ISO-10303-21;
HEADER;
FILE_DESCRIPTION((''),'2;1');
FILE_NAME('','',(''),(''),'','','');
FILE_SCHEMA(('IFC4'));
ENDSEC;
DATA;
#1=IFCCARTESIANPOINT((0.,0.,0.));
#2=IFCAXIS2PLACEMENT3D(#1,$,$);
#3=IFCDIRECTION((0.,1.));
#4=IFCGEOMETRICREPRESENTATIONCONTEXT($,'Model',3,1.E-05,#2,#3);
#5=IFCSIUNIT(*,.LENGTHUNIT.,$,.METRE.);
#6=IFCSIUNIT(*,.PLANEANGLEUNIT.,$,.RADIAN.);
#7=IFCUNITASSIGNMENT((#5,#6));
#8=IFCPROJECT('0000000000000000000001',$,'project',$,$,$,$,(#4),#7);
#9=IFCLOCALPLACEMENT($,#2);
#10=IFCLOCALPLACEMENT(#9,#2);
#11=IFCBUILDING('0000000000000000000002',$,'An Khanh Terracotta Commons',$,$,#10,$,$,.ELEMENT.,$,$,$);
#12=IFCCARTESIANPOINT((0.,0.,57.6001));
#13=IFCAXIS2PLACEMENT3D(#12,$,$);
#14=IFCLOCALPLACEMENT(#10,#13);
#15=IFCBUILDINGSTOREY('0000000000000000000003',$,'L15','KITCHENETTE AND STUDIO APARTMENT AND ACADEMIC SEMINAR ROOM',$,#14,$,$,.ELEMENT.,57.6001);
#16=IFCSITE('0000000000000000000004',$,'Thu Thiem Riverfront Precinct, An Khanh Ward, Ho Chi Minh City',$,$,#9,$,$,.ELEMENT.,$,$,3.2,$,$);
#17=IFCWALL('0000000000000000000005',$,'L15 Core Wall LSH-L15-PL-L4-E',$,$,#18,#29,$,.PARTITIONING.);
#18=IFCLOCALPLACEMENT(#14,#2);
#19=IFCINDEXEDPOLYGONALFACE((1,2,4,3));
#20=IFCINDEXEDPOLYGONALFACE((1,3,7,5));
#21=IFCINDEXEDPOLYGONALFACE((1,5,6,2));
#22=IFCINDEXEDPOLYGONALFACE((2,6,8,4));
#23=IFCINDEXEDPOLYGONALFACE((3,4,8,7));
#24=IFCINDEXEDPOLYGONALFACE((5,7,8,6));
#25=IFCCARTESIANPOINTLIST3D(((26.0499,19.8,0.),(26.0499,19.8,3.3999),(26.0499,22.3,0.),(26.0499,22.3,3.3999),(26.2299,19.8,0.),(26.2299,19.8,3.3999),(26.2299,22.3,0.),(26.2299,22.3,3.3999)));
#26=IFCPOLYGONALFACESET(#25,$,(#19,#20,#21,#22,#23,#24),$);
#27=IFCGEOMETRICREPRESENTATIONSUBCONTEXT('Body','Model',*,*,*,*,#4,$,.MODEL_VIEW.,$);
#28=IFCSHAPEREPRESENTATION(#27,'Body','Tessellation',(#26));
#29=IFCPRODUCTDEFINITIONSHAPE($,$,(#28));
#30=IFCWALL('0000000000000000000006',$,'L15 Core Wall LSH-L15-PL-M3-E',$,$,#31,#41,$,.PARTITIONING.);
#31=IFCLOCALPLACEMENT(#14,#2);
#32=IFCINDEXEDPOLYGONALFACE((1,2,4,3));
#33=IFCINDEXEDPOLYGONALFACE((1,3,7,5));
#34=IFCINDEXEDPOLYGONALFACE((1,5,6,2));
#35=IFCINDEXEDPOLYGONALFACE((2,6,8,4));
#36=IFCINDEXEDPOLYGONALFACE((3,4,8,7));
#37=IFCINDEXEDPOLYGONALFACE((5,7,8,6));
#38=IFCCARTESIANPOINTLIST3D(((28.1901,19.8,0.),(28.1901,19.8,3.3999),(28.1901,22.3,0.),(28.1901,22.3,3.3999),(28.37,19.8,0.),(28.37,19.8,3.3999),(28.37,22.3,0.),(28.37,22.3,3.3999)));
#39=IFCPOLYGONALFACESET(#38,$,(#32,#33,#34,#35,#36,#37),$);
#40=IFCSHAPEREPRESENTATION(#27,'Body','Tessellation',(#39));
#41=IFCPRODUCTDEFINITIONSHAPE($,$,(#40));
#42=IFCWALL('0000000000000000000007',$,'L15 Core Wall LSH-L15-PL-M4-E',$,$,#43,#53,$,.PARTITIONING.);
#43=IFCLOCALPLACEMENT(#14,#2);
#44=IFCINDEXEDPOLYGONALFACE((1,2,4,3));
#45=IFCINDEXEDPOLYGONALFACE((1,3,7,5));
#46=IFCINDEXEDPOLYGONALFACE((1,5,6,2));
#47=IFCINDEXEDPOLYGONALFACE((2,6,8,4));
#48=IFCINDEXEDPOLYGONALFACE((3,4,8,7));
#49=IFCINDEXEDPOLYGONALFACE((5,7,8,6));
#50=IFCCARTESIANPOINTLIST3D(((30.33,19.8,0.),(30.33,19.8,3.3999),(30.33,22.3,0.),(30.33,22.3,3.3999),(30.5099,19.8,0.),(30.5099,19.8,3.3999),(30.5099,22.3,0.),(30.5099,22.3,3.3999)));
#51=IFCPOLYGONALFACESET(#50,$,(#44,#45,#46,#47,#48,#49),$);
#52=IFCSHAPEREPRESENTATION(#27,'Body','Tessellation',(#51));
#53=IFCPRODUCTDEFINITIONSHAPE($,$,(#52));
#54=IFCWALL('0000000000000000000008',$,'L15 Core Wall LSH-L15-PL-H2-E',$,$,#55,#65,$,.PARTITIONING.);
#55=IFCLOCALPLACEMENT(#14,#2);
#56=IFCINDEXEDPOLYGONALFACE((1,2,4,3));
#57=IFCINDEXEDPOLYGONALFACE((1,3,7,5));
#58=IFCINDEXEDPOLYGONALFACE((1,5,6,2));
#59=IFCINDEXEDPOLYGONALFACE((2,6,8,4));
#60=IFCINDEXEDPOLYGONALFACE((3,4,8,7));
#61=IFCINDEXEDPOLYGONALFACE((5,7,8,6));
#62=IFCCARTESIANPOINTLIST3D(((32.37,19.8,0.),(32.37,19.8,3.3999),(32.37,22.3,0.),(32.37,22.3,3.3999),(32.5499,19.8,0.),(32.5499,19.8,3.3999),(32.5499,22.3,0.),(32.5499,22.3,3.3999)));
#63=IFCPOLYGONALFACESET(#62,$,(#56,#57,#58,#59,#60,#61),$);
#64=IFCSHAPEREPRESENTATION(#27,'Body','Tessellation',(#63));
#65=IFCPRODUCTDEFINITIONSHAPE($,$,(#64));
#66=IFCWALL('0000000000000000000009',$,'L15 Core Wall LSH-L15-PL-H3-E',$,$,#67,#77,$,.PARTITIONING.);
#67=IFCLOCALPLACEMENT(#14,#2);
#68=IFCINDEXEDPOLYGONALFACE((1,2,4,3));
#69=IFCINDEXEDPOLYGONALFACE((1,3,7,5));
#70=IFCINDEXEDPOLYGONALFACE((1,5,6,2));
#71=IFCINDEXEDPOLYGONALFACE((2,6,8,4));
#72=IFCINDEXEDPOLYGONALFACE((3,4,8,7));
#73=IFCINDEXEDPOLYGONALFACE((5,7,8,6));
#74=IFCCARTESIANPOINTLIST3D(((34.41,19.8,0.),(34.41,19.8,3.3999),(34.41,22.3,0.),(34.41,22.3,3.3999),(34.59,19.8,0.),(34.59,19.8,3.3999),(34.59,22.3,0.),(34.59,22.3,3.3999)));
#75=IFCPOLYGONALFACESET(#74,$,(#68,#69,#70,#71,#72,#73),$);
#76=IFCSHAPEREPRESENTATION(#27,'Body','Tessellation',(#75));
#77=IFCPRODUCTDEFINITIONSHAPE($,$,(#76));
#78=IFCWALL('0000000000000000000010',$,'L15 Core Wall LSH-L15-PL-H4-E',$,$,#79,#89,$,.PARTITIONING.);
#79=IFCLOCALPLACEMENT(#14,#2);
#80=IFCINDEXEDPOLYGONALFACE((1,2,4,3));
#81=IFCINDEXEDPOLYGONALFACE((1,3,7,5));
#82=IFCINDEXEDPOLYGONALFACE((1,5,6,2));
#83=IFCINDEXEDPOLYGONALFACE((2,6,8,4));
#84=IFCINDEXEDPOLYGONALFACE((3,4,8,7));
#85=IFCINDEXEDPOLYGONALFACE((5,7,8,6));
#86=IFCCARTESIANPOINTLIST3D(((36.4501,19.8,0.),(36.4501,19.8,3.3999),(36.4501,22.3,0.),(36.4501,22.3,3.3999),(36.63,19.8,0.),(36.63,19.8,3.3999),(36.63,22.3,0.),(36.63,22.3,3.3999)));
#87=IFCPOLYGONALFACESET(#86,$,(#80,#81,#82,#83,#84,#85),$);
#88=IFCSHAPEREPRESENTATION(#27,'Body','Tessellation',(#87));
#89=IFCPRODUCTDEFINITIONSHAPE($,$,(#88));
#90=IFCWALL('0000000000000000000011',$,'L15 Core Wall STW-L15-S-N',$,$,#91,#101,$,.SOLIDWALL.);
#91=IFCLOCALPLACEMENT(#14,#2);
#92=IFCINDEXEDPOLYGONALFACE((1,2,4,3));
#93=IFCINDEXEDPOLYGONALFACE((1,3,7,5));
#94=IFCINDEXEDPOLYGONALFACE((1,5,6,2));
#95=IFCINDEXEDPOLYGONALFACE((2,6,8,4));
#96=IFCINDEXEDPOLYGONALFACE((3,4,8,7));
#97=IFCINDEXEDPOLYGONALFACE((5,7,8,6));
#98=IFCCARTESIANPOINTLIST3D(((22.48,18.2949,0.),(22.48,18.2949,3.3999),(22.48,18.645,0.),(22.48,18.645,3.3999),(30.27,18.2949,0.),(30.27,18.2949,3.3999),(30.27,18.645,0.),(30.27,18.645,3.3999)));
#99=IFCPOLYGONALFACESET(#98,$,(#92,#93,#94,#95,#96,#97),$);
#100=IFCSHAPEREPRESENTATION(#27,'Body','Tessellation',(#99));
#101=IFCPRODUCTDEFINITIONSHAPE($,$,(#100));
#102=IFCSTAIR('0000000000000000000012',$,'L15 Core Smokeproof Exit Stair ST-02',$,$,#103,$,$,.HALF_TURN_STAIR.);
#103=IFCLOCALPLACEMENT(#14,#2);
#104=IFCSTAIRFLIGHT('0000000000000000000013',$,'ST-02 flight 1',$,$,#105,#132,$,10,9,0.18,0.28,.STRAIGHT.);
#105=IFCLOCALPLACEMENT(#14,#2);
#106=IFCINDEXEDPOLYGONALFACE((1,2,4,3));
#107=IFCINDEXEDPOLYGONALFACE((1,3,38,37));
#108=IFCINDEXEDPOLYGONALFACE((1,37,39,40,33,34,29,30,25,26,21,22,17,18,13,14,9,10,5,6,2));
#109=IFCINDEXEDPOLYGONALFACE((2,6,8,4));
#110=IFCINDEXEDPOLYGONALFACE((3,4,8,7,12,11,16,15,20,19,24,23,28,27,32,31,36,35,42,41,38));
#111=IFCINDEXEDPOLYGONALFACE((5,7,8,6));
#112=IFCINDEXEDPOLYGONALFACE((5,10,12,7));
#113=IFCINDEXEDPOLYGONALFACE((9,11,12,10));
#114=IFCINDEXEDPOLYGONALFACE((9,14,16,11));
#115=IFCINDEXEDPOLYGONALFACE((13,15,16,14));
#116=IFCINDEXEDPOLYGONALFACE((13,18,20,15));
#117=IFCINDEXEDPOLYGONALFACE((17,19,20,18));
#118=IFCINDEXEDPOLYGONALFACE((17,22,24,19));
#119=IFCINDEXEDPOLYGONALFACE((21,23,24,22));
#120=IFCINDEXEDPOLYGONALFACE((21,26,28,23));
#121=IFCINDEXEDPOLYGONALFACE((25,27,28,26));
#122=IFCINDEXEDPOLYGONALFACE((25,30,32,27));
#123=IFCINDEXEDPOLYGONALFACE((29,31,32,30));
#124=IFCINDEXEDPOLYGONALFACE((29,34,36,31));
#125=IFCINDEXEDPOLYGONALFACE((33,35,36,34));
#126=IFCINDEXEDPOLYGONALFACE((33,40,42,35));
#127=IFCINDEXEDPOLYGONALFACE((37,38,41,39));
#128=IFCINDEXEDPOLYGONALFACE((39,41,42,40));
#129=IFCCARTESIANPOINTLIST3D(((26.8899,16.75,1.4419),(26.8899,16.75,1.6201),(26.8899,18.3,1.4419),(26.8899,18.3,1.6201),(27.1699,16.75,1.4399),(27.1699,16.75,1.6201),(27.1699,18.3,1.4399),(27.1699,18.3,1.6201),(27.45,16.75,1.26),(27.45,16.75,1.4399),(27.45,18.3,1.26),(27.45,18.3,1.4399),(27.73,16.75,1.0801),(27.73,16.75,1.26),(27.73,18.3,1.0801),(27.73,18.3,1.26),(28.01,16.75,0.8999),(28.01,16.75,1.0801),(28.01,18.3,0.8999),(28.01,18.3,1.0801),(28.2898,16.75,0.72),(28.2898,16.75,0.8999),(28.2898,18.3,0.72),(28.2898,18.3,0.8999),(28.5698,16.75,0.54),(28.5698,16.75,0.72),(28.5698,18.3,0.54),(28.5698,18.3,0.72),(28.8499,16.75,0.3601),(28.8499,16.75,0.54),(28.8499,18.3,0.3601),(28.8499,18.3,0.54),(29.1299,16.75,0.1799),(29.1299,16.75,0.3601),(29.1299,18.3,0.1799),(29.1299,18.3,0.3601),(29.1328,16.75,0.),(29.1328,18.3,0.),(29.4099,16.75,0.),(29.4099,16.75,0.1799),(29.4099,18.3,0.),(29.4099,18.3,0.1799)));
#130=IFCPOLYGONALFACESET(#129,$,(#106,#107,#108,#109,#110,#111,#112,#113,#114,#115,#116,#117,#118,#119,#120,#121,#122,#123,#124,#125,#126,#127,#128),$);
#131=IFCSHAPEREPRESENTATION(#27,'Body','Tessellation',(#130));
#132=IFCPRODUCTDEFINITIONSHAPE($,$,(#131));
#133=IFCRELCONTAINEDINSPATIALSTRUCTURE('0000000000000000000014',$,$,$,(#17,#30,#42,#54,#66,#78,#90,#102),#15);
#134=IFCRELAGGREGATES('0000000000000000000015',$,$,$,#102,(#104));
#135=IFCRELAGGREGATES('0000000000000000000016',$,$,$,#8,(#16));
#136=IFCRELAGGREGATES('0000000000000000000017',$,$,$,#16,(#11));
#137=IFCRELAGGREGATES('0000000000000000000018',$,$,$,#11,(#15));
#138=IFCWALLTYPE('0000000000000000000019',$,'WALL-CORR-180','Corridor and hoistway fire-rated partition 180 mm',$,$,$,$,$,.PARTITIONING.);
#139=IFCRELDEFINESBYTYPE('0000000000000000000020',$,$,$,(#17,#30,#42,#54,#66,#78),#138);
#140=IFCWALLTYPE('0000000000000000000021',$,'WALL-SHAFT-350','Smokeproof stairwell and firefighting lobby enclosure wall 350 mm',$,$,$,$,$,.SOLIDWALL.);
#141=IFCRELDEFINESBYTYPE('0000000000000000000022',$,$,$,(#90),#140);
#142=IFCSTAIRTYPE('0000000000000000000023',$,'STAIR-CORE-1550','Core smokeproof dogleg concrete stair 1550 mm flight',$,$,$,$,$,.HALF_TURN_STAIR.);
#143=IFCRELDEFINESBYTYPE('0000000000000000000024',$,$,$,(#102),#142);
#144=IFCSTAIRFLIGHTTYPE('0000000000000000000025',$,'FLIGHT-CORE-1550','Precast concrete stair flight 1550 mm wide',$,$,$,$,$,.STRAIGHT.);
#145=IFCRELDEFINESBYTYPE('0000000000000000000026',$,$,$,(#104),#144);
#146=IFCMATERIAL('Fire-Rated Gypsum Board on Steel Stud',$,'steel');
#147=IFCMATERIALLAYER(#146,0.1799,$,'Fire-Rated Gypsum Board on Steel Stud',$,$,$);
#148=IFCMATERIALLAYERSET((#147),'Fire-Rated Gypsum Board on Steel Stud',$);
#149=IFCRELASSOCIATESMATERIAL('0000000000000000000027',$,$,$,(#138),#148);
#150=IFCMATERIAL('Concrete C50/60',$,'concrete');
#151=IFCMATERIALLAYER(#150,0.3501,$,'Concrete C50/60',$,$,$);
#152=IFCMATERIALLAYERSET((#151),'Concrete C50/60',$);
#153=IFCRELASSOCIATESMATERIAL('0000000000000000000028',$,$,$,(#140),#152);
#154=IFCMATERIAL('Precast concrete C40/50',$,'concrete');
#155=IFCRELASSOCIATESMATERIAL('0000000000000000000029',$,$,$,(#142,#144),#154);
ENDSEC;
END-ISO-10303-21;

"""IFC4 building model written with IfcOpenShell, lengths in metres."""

from ifc_helpers import new_model, si_unit, direction, frame, frame_2d, origin, place, context, subcontext, project, spatial, polyline, rectangle, outline, extrude, material, layer, layer_set, type_object, element, aggregate, save


model = new_model("IFC4")

# Units and contexts
model_context = context("Model", 3, precision=1e-05, world=origin(), true_north=direction((0.0, 1.0)))
body_context = subcontext(model_context, "Body", "Model", "MODEL_VIEW")
ifc_project = project(units=[si_unit("LENGTHUNIT", "METRE"), si_unit("PLANEANGLEUNIT", "RADIAN")], contexts=[model_context])

# Site, building, storey
site_placement = place(None, origin())
site = spatial("IfcSite", under=ifc_project, at=site_placement, Name="Thu Thiem Riverfront Precinct, An Khanh Ward, Ho Chi Minh City", CompositionType="ELEMENT", RefElevation=3.2)
building_placement = place(site_placement, origin())
building = spatial("IfcBuilding", under=site, at=building_placement, Name="An Khanh Terracotta Commons", CompositionType="ELEMENT")
storey_placement = place(building_placement, frame((0.0, 0.0, 57.6001)))
storey = spatial("IfcBuildingStorey", under=building, at=storey_placement, Name="L15", Description="KITCHENETTE AND STUDIO APARTMENT AND ACADEMIC SEMINAR ROOM", CompositionType="ELEMENT", Elevation=57.6001)

# Shared definitions
ifc_material_1 = material(Name="Fire-Rated Gypsum Board on Steel Stud", Category="steel")
ifc_layer_1 = layer(ifc_material_1, 0.1799, Name="Fire-Rated Gypsum Board on Steel Stud")
ifc_layer_set_1 = layer_set([ifc_layer_1], Name="Fire-Rated Gypsum Board on Steel Stud")
wall_type_1 = type_object("IfcWallType", Name="WALL-CORR-180", Description="Corridor and hoistway fire-rated partition 180 mm", PredefinedType="PARTITIONING", material=ifc_layer_set_1)

# Walls
for number, where, z_axis, x_axis, name in (
    (1, (26.1399, 19.8, 0.0), (0.0, 0.0, 1.0), (0.0, 1.0, 0.0), "L15 Core Wall LSH-L15-PL-L4-E"),
    (2, (28.28, 19.8, 0.0), (0.0, 0.0, 1.0), (0.0, 1.0, 0.0), "L15 Core Wall LSH-L15-PL-M3-E"),
    (3, (30.4199, 19.8, 0.0), (0.0, 0.0, 1.0), (0.0, 1.0, 0.0), "L15 Core Wall LSH-L15-PL-M4-E"),
    (4, (32.46, 19.8, 0.0), (0.0, 0.0, 1.0), (0.0, 1.0, 0.0), "L15 Core Wall LSH-L15-PL-H2-E"),
    (5, (34.5, 19.8, 0.0), (0.0, 0.0, 1.0), (0.0, 1.0, 0.0), "L15 Core Wall LSH-L15-PL-H3-E"),
    (6, (36.54, 19.8, 0.0), (0.0, 0.0, 1.0), (0.0, 1.0, 0.0), "L15 Core Wall LSH-L15-PL-H4-E"),
):
    element("IfcWall", number, at=place(storey_placement, frame(where, z_axis=z_axis, x_axis=x_axis)), inside=storey, type_object=wall_type_1, Name=name, PredefinedType="PARTITIONING", context=body_context, shape_type="SweptSolid", body=[
        extrude(rectangle(XDim=2.5, YDim=0.1799, at=frame_2d((1.25, 0.0))), origin(), (0.0, 0.0, 1.0), 3.3999),
    ])
ifc_material_2 = material(Name="Concrete C50/60", Category="concrete")
ifc_layer_2 = layer(ifc_material_2, 0.3501, Name="Concrete C50/60")
ifc_layer_set_2 = layer_set([ifc_layer_2], Name="Concrete C50/60")
wall_type_2 = type_object("IfcWallType", Name="WALL-SHAFT-350", Description="Smokeproof stairwell and firefighting lobby enclosure wall 350 mm", PredefinedType="SOLIDWALL", material=ifc_layer_set_2)
wall_1_placement = place(storey_placement, frame((22.48, 18.47, 0.0), z_axis=(0.0, 0.0, 1.0), x_axis=(1.0, 0.0, 0.0)))
element("IfcWall", 7, at=wall_1_placement, inside=storey, type_object=wall_type_2, Name="L15 Core Wall STW-L15-S-N", PredefinedType="SOLIDWALL", context=body_context, shape_type="SweptSolid", body=[
    extrude(rectangle(XDim=7.79, YDim=0.3501, at=frame_2d((3.895, 0.0))), origin(), (0.0, 0.0, 1.0), 3.3999),
])

# Stair, stair flight
ifc_material_3 = material(Name="Precast concrete C40/50", Category="concrete")
stair_type = type_object("IfcStairType", Name="STAIR-CORE-1550", Description="Core smokeproof dogleg concrete stair 1550 mm flight", PredefinedType="HALF_TURN_STAIR", material=ifc_material_3)
stair_placement = place(storey_placement, origin())
stair = element("IfcStair", 8, at=stair_placement, inside=storey, type_object=stair_type, Name="L15 Core Smokeproof Exit Stair ST-02", PredefinedType="HALF_TURN_STAIR")
stair_flight_type = type_object("IfcStairFlightType", Name="FLIGHT-CORE-1550", Description="Precast concrete stair flight 1550 mm wide", PredefinedType="STRAIGHT", material=ifc_material_3)
stair_flight_placement = place(storey_placement, frame((29.4099, 17.5249, 0.0), z_axis=(0.0, 0.0, 1.0), x_axis=(-1.0, 0.0, 0.0)))
stair_flight = element("IfcStairFlight", 9, at=stair_flight_placement, type_object=stair_flight_type, Name="ST-02 flight 1", NumberOfRisers=10, NumberOfTreads=9, PredefinedType="STRAIGHT", RiserHeight=0.18, TreadLength=0.28, context=body_context, shape_type="SweptSolid", body=[
    extrude(outline(polyline([(0.0, 0.0), (0.0, 0.1799), (0.28, 0.1799), (0.28, 0.3601), (0.5601, 0.3601), (0.5601, 0.54), (0.8401, 0.54), (0.8401, 0.72), (1.1201, 0.72), (1.1201, 0.8999), (1.3999, 0.8999), (1.3999, 1.0801), (1.6799, 1.0801), (1.6799, 1.26), (1.96, 1.26), (1.96, 1.4399), (2.24, 1.4399), (2.24, 1.6201), (2.52, 1.6201), (2.52, 1.8), (2.52, 1.4419), (0.2771, 0.0), (0.0, 0.0)])), frame((0.0, 0.7749, 0.0), z_axis=(0.0, -1.0, 0.0), x_axis=(1.0, 0.0, 0.0)), (0.0, 0.0, 1.0), 1.55),
])
aggregate(stair, [stair_flight])

save(model, "model.ifc")
